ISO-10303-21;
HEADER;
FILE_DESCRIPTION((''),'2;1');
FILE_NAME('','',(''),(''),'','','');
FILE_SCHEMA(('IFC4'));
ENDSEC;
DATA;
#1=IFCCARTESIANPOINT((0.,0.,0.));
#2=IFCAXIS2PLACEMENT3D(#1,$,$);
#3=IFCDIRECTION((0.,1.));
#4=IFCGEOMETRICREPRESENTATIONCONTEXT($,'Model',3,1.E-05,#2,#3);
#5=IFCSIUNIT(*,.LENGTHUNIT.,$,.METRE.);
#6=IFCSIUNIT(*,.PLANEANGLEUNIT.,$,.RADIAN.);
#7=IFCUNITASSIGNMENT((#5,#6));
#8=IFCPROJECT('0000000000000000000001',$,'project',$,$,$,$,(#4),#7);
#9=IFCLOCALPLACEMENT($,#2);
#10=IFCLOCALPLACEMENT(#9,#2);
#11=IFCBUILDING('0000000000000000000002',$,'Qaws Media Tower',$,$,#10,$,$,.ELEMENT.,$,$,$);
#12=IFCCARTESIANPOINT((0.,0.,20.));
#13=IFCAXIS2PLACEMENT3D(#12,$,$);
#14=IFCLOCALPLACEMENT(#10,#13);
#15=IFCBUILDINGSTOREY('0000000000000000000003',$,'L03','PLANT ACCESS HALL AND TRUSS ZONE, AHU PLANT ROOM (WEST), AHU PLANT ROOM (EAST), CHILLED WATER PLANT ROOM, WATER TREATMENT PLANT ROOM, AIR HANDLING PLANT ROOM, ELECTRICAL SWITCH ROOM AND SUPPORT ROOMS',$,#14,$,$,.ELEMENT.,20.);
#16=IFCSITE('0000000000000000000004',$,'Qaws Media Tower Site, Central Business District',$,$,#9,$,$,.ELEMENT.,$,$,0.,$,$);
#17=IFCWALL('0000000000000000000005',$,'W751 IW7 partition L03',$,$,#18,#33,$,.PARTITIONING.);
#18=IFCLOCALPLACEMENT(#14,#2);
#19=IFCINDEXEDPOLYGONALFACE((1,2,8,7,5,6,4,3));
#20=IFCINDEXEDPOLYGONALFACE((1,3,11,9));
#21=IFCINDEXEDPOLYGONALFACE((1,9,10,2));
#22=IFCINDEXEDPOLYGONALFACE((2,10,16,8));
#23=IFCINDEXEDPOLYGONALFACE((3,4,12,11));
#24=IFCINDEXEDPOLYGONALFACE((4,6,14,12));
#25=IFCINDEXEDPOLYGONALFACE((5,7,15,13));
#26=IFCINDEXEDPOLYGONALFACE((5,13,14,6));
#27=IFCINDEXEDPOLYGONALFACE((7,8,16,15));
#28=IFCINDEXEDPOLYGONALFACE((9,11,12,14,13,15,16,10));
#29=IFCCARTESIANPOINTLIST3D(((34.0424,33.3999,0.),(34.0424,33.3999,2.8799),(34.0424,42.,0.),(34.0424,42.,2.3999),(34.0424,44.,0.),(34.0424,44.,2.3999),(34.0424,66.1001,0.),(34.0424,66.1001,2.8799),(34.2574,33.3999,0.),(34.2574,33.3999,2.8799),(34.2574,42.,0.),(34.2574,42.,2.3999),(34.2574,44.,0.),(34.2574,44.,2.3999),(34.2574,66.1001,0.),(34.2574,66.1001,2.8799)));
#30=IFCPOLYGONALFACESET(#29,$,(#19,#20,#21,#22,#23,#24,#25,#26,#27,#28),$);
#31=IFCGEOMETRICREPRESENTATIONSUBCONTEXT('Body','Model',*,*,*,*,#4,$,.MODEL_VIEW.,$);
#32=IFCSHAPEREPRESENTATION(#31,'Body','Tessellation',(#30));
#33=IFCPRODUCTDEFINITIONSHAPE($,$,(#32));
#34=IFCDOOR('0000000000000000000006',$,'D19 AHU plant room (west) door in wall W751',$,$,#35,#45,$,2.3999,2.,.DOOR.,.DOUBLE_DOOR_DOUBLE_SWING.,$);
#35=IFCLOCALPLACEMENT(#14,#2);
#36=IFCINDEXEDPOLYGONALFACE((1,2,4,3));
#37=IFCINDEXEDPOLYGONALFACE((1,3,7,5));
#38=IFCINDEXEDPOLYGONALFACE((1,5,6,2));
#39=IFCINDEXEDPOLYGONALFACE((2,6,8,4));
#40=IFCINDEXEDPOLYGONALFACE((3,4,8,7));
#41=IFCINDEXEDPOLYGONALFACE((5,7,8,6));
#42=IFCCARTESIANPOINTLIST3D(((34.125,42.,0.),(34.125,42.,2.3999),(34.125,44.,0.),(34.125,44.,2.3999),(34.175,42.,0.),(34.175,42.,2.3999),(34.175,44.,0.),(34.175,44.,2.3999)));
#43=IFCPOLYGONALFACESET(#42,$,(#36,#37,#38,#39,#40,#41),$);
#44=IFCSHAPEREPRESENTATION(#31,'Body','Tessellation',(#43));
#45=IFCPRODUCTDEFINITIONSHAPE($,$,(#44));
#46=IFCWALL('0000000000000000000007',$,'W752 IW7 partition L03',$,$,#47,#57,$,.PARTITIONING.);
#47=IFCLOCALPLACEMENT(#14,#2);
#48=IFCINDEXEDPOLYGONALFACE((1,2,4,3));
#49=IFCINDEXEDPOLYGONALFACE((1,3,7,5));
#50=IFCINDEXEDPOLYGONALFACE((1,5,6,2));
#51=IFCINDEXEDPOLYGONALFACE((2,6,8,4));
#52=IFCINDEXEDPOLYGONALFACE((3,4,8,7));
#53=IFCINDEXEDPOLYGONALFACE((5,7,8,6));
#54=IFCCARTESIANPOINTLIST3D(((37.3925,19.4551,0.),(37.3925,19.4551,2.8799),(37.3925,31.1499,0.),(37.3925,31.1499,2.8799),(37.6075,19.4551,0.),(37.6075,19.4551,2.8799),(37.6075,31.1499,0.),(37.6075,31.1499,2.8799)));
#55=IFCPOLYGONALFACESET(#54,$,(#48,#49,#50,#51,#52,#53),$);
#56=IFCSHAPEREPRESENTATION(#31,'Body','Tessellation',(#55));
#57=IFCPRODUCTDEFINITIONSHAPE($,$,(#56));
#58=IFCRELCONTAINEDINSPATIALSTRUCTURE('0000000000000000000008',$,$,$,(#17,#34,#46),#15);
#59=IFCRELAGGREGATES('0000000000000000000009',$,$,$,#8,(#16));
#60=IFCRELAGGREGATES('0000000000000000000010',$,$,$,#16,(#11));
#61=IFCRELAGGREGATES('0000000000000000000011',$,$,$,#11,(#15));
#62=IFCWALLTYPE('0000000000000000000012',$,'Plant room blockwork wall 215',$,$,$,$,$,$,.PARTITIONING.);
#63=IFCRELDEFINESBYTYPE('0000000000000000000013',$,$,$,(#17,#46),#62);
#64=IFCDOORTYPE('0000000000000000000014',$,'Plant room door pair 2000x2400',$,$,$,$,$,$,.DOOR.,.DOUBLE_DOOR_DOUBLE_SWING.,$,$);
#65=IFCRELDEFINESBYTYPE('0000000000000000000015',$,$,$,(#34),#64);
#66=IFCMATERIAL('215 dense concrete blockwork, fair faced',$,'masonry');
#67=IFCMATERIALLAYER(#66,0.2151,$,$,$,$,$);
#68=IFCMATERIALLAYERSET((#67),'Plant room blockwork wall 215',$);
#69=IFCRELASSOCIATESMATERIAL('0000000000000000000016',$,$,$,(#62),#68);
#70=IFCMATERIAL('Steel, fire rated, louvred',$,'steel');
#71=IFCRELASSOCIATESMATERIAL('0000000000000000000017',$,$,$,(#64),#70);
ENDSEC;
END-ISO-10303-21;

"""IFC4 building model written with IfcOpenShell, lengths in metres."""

from ifc_helpers import new_model, si_unit, direction, frame, frame_2d, origin, place, context, subcontext, project, spatial, rectangle, extrude, material, layer, layer_set, type_object, element, fill, save


model = new_model("IFC4")

# Units and contexts
model_context = context("Model", 3, precision=1e-05, world=origin(), true_north=direction((0.0, 1.0)))
body_context = subcontext(model_context, "Body", "Model", "MODEL_VIEW")
ifc_project = project(units=[si_unit("LENGTHUNIT", "METRE"), si_unit("PLANEANGLEUNIT", "RADIAN")], contexts=[model_context])

# Site, building, storey
site_placement = place(None, origin())
site = spatial("IfcSite", under=ifc_project, at=site_placement, Name="Qaws Media Tower Site, Central Business District", CompositionType="ELEMENT", RefElevation=0.0)
building_placement = place(site_placement, origin())
building = spatial("IfcBuilding", under=site, at=building_placement, Name="Qaws Media Tower", CompositionType="ELEMENT")
storey_placement = place(building_placement, frame((0.0, 0.0, 20.0)))
storey = spatial("IfcBuildingStorey", under=building, at=storey_placement, Name="L03", Description="PLANT ACCESS HALL AND TRUSS ZONE, AHU PLANT ROOM (WEST), AHU PLANT ROOM (EAST), CHILLED WATER PLANT ROOM, WATER TREATMENT PLANT ROOM, AIR HANDLING PLANT ROOM, ELECTRICAL SWITCH ROOM AND SUPPORT ROOMS", CompositionType="ELEMENT", Elevation=20.0)

# Wall, opening, door
ifc_material_1 = material(Name="215 dense concrete blockwork, fair faced", Category="masonry")
ifc_layer = layer(ifc_material_1, 0.2151)
ifc_layer_set = layer_set([ifc_layer], Name="Plant room blockwork wall 215")
wall_type = type_object("IfcWallType", Name="Plant room blockwork wall 215", PredefinedType="PARTITIONING", material=ifc_layer_set)
wall_1_placement = place(storey_placement, frame((34.1499, 33.3999, 0.0), z_axis=(0.0, 0.0, 1.0), x_axis=(0.0, 1.0, 0.0)))
wall_1 = element("IfcWall", 1, at=wall_1_placement, inside=storey, type_object=wall_type, Name="W751 IW7 partition L03", PredefinedType="PARTITIONING", context=body_context, shape_type="SweptSolid", body=[
    extrude(rectangle(XDim=32.7002, YDim=0.2151, at=frame_2d((16.3501, 0.0))), origin(), (0.0, 0.0, 1.0), 2.8799),
])
opening_1_placement = place(wall_1_placement, frame((8.6001, 0.0, 0.0)))
opening_1 = element("IfcOpeningElement", 2, at=opening_1_placement, cuts=wall_1, PredefinedType="OPENING", context=body_context, shape_type="SweptSolid", body=[
    extrude(rectangle(XDim=2.0, YDim=2.3999, at=frame_2d((1.0, 1.2))), frame((0.0, 0.1174, 0.0), z_axis=(0.0, -1.0, 0.0), x_axis=(1.0, 0.0, 0.0)), (0.0, 0.0, 1.0), 0.2351),
])
ifc_material_2 = material(Name="Steel, fire rated, louvred", Category="steel")
door_type = type_object("IfcDoorType", Name="Plant room door pair 2000x2400", OperationType="DOUBLE_DOOR_DOUBLE_SWING", PredefinedType="DOOR", material=ifc_material_2)
door_1_placement = place(opening_1_placement, origin())
door_1 = element("IfcDoor", 3, at=door_1_placement, inside=storey, type_object=door_type, Name="D19 AHU plant room (west) door in wall W751", OperationType="DOUBLE_DOOR_DOUBLE_SWING", OverallHeight=2.3999, OverallWidth=2.0, PredefinedType="DOOR", context=body_context, shape_type="SweptSolid", body=[
    extrude(rectangle(XDim=2.0, YDim=2.3999, at=frame_2d((1.0, 1.2))), frame((0.0, 0.0249, 0.0), z_axis=(0.0, -1.0, 0.0), x_axis=(1.0, 0.0, 0.0)), (0.0, 0.0, 1.0), 0.05),
])
fill(opening_1, door_1)

# Wall
wall_2_placement = place(storey_placement, frame((37.5, 19.4551, 0.0), z_axis=(0.0, 0.0, 1.0), x_axis=(0.0, 1.0, 0.0)))
element("IfcWall", 4, at=wall_2_placement, inside=storey, type_object=wall_type, Name="W752 IW7 partition L03", PredefinedType="PARTITIONING", context=body_context, shape_type="SweptSolid", body=[
    extrude(rectangle(XDim=11.6948, YDim=0.2151, at=frame_2d((5.8474, 0.0))), origin(), (0.0, 0.0, 1.0), 2.8799),
])

save(model, "model.ifc")
